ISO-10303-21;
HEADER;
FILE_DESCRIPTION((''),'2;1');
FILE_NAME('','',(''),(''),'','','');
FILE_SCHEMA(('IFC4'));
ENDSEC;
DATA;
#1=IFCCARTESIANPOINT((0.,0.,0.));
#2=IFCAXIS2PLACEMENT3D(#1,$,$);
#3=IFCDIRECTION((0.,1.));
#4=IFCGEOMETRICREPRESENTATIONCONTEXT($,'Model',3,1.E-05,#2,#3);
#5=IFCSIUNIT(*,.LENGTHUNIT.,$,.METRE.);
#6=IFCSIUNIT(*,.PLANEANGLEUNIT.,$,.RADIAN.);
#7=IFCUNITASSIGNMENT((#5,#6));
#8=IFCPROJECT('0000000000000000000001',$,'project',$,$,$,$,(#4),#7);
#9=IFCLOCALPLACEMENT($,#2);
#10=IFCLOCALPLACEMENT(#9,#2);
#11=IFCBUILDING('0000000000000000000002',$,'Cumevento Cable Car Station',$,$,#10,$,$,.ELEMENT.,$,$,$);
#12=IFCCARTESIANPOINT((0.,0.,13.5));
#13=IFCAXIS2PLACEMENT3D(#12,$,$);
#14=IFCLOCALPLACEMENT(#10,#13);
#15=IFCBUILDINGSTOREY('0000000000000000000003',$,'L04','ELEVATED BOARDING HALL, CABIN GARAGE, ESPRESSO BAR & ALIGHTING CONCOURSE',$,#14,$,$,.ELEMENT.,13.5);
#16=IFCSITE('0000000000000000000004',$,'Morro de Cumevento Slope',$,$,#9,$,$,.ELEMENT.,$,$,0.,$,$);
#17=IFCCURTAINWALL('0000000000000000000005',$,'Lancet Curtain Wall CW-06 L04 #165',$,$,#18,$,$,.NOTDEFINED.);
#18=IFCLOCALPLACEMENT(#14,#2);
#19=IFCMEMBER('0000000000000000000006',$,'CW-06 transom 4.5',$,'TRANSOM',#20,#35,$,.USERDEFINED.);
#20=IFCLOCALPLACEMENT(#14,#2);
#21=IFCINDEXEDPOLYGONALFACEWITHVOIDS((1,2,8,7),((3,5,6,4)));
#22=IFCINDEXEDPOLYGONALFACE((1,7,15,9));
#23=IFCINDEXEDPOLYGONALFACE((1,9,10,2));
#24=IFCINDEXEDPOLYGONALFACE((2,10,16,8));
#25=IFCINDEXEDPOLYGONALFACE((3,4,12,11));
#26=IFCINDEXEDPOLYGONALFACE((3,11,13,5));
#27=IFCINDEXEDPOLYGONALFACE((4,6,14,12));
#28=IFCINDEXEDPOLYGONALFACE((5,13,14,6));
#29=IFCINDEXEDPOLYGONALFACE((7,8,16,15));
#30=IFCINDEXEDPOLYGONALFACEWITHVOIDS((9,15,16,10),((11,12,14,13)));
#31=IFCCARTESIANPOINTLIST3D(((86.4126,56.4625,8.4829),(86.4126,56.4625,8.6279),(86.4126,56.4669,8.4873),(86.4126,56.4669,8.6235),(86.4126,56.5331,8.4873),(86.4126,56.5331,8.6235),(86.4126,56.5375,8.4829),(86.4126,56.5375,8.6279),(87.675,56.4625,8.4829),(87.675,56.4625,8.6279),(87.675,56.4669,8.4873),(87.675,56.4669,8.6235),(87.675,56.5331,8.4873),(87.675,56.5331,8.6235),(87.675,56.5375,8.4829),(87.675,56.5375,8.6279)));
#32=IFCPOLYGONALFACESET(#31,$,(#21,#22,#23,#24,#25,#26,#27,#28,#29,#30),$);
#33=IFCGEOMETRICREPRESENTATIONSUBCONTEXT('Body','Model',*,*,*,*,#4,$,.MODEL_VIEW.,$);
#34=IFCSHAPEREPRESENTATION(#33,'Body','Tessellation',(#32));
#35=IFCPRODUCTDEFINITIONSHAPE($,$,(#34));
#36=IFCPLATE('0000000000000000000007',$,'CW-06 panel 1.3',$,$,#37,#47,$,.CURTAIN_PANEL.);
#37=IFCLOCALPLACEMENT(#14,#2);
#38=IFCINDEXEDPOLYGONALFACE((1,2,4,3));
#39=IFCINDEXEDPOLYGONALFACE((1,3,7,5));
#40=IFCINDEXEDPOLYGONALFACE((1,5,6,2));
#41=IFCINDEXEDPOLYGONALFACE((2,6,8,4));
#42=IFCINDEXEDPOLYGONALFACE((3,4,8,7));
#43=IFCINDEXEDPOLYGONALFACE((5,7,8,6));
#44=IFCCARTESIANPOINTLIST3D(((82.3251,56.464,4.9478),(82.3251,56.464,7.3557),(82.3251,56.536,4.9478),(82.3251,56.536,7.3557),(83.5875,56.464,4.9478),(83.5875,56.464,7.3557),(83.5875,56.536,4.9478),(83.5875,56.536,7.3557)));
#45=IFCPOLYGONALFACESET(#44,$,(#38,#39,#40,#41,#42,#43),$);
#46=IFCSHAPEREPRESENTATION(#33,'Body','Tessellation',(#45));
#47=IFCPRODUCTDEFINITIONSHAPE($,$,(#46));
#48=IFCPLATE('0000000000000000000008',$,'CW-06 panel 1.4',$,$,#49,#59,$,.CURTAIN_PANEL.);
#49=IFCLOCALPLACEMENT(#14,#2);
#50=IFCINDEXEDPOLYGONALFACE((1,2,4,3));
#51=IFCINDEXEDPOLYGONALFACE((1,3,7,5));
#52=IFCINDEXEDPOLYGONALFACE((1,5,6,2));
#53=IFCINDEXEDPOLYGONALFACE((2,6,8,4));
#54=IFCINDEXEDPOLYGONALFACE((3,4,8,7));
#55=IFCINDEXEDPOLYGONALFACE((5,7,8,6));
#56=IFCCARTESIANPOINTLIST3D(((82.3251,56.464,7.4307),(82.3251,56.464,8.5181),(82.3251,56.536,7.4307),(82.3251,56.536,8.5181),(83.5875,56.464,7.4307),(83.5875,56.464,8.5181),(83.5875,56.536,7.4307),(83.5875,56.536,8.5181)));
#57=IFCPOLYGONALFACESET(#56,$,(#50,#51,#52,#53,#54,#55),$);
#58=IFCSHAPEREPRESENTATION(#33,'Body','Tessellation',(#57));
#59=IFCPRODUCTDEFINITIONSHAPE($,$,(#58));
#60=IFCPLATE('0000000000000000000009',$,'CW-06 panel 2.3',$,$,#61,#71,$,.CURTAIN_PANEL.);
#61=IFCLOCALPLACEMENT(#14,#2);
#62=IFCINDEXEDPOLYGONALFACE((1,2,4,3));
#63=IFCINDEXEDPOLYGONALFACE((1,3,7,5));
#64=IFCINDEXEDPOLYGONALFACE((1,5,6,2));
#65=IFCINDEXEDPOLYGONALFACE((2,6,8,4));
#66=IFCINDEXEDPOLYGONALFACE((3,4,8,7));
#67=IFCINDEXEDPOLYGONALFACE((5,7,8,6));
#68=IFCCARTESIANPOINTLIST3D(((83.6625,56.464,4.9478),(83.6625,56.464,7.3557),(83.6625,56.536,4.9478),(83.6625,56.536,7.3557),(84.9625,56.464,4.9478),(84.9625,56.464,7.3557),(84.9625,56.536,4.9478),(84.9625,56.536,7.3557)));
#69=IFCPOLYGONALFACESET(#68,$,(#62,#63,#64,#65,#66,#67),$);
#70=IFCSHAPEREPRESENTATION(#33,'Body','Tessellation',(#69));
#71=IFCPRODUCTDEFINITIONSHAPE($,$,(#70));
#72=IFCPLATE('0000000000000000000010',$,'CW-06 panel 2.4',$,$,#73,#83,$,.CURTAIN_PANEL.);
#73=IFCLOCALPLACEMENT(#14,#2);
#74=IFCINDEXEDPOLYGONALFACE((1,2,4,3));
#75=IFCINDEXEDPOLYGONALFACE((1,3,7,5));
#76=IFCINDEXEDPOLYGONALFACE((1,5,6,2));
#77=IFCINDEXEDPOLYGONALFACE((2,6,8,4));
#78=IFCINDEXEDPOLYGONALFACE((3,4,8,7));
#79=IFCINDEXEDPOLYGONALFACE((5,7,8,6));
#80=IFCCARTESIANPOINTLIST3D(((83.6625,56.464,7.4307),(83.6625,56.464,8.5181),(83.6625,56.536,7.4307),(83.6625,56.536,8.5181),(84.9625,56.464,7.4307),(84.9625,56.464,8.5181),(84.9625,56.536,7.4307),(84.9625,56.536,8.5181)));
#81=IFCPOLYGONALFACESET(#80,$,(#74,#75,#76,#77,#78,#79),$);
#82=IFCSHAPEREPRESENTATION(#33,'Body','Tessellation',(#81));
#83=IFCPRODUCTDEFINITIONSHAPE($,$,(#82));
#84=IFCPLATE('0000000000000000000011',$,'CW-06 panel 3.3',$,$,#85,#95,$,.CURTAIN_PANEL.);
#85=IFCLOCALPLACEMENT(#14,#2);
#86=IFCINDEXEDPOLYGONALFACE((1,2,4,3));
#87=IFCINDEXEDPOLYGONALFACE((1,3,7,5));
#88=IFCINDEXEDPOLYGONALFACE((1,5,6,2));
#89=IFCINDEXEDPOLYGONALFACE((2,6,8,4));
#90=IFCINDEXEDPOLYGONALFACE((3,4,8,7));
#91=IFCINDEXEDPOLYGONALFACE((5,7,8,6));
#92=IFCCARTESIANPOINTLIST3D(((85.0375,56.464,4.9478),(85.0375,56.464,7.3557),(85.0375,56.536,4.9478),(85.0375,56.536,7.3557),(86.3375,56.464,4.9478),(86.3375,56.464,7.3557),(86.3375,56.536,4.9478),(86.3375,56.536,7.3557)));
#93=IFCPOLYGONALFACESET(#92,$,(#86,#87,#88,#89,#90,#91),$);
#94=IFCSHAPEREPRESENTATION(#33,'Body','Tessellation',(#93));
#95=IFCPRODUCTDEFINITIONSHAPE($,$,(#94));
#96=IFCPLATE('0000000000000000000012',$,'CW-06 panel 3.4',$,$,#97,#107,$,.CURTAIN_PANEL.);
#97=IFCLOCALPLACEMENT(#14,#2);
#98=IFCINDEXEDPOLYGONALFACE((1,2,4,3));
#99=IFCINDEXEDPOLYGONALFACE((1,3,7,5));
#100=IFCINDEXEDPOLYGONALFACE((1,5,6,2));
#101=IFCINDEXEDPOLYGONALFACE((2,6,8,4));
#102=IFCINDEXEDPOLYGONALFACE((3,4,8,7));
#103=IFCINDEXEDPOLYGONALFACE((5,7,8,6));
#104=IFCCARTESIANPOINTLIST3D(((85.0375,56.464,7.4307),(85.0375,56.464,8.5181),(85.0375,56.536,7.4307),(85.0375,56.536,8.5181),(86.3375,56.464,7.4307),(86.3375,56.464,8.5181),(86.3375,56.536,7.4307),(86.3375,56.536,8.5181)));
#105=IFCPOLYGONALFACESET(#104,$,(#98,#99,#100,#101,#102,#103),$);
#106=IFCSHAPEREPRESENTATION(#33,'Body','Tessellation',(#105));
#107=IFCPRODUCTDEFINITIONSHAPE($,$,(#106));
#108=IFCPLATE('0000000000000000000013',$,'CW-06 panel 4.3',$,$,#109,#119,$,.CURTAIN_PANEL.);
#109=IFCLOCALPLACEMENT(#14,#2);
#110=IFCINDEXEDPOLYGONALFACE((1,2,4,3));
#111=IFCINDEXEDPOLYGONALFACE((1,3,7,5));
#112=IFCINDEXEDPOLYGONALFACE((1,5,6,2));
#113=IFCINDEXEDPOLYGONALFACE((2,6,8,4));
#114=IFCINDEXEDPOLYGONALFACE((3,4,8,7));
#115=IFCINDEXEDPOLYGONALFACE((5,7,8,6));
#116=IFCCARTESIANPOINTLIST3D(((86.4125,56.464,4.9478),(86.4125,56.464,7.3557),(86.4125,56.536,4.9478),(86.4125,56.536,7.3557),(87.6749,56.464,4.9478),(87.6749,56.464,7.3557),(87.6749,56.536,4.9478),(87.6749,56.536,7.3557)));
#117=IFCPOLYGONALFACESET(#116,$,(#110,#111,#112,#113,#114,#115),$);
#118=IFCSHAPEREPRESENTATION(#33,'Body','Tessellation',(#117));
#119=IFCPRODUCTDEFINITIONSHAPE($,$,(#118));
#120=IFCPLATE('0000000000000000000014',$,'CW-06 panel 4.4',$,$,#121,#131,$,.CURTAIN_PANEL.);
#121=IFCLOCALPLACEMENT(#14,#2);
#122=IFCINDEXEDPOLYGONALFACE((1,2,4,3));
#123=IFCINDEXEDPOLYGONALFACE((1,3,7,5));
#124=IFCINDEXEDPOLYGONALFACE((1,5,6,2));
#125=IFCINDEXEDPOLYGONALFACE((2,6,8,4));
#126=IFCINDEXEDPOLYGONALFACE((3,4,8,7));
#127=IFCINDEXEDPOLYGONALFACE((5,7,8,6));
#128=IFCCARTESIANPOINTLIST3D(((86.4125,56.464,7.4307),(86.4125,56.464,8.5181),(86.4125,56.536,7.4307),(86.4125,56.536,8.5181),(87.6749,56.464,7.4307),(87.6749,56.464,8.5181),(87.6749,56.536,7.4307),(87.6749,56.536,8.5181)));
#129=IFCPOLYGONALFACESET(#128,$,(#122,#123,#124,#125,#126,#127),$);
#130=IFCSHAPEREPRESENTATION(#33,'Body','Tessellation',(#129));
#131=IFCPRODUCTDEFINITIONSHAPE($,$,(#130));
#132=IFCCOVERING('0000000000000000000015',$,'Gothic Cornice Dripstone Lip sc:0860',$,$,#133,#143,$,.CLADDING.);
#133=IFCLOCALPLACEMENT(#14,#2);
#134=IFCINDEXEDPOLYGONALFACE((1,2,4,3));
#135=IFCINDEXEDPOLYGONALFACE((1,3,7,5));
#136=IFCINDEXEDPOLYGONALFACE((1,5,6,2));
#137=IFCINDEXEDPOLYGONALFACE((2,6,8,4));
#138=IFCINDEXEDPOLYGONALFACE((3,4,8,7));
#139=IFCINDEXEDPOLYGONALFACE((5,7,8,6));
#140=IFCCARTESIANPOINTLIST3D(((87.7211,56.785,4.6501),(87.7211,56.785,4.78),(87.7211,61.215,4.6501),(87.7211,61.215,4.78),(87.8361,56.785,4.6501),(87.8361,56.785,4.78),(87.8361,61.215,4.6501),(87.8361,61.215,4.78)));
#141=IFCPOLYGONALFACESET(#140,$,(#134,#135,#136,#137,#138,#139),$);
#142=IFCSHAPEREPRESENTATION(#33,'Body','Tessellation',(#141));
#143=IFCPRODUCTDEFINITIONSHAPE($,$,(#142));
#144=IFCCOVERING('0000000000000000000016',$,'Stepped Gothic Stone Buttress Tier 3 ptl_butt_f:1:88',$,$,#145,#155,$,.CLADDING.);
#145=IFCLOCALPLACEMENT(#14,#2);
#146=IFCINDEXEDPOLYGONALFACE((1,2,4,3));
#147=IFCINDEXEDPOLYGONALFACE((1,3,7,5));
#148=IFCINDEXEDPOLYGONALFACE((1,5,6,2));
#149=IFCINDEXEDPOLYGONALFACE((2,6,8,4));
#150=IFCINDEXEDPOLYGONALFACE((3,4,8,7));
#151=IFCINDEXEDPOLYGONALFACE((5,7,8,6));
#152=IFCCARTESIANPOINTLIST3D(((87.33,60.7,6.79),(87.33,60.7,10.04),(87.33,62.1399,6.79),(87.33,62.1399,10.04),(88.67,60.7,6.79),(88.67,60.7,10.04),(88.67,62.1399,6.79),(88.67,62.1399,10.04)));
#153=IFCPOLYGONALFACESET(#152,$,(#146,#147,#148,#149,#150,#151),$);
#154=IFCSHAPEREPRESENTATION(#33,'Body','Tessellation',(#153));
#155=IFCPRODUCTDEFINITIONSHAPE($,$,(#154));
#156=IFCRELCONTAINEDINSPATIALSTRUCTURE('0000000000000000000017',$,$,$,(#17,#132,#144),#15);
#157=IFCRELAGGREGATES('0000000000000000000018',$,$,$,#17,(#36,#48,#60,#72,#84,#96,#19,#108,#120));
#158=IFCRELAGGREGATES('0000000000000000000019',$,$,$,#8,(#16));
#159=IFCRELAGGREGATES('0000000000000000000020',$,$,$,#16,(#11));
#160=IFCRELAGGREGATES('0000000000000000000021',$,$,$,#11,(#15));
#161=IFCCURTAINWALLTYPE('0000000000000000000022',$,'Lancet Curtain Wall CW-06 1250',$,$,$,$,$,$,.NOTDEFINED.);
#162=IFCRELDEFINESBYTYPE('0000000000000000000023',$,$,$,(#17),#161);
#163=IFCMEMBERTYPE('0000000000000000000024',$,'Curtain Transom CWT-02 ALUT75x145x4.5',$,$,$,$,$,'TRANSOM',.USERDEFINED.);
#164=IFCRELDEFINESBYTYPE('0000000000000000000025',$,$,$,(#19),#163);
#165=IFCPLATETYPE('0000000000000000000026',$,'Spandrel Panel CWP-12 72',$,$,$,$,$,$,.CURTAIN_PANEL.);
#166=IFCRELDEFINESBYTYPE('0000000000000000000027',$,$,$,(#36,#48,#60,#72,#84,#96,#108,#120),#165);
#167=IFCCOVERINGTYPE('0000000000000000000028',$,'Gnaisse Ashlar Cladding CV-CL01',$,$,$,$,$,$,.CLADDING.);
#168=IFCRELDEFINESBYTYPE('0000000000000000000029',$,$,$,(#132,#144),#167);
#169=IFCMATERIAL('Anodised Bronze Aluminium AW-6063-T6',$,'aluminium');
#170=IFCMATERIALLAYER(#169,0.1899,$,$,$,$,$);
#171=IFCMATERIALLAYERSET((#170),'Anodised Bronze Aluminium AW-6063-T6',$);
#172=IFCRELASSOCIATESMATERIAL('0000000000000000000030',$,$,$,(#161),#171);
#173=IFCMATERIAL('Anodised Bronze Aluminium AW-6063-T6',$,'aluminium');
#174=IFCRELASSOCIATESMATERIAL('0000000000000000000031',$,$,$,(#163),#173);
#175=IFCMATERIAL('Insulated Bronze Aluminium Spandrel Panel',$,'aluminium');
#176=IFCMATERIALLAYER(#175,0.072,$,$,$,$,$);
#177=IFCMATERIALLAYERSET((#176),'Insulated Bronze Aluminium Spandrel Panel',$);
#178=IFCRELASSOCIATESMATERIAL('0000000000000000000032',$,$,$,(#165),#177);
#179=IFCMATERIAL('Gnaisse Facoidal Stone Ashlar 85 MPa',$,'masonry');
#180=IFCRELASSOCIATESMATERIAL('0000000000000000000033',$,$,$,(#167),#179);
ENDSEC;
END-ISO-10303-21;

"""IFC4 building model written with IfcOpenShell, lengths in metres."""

from ifc_helpers import new_model, si_unit, direction, frame, origin, origin_2d, place, context, subcontext, project, spatial, rectangle, hollow_rectangle, extrude, material, layer, layer_set, material_profile, profile_set, type_object, element, aggregate, save


model = new_model("IFC4")

# Units and contexts
model_context = context("Model", 3, precision=1e-05, world=origin(), true_north=direction((0.0, 1.0)))
body_context = subcontext(model_context, "Body", "Model", "MODEL_VIEW")
ifc_project = project(units=[si_unit("LENGTHUNIT", "METRE"), si_unit("PLANEANGLEUNIT", "RADIAN")], contexts=[model_context])

# Site, building, storey
site_placement = place(None, origin())
site = spatial("IfcSite", under=ifc_project, at=site_placement, Name="Morro de Cumevento Slope", CompositionType="ELEMENT", RefElevation=0.0)
building_placement = place(site_placement, origin())
building = spatial("IfcBuilding", under=site, at=building_placement, Name="Cumevento Cable Car Station", CompositionType="ELEMENT")
storey_placement = place(building_placement, frame((0.0, 0.0, 13.5)))
storey = spatial("IfcBuildingStorey", under=building, at=storey_placement, Name="L04", Description="ELEVATED BOARDING HALL, CABIN GARAGE, ESPRESSO BAR & ALIGHTING CONCOURSE", CompositionType="ELEMENT", Elevation=13.5)

# Curtain wall, member, plates
ifc_material_1 = material(Name="Anodised Bronze Aluminium AW-6063-T6", Category="aluminium")
ifc_layer_1 = layer(ifc_material_1, 0.1899)
ifc_layer_set_1 = layer_set([ifc_layer_1], Name="Anodised Bronze Aluminium AW-6063-T6")
curtain_wall_type = type_object("IfcCurtainWallType", Name="Lancet Curtain Wall CW-06 1250", PredefinedType="NOTDEFINED", material=ifc_layer_set_1)
curtain_wall_placement = place(storey_placement, origin())
curtain_wall = element("IfcCurtainWall", 1, at=curtain_wall_placement, inside=storey, type_object=curtain_wall_type, Name="Lancet Curtain Wall CW-06 L04 #165", PredefinedType="NOTDEFINED")
ifc_material_2 = material(Name="Anodised Bronze Aluminium AW-6063-T6", Category="aluminium")
ifc_material_profile = material_profile(ifc_material_2, hollow_rectangle(XDim=0.075, YDim=0.145, WallThickness=0.0044, at=origin_2d()), Name="ALUT75x145x4.5")
ifc_profile_set = profile_set([ifc_material_profile], Name="Anodised Bronze Aluminium AW-6063-T6")
member_type = type_object("IfcMemberType", Name="Curtain Transom CWT-02 ALUT75x145x4.5", ElementType="TRANSOM", PredefinedType="USERDEFINED", material=ifc_profile_set)
member_1_placement = place(storey_placement, frame((86.4126, 56.5, 8.5554), z_axis=(1.0, 0.0, 0.0), x_axis=(0.0, 1.0, 0.0)))
member_1 = element("IfcMember", 2, at=member_1_placement, type_object=member_type, Name="CW-06 transom 4.5", ObjectType="TRANSOM", PredefinedType="USERDEFINED", context=body_context, shape_type="SweptSolid", body=[
    extrude(hollow_rectangle(XDim=0.075, YDim=0.145, WallThickness=0.0044, at=origin_2d()), origin(), (0.0, 0.0, 1.0), 1.2625),
])
ifc_material_3 = material(Name="Insulated Bronze Aluminium Spandrel Panel", Category="aluminium")
ifc_layer_2 = layer(ifc_material_3, 0.072)
ifc_layer_set_2 = layer_set([ifc_layer_2], Name="Insulated Bronze Aluminium Spandrel Panel")
plate_type = type_object("IfcPlateType", Name="Spandrel Panel CWP-12 72", PredefinedType="CURTAIN_PANEL", material=ifc_layer_set_2)
plate_1_placement = place(storey_placement, frame((82.9563, 56.5, 4.9478), z_axis=(0.0, 0.0, 1.0), x_axis=(1.0, 0.0, 0.0)))
plate_1 = element("IfcPlate", 3, at=plate_1_placement, type_object=plate_type, Name="CW-06 panel 1.3", PredefinedType="CURTAIN_PANEL", context=body_context, shape_type="SweptSolid", body=[
    extrude(rectangle(XDim=1.2625, YDim=0.072, at=origin_2d()), origin(), (0.0, 0.0, 1.0), 2.408),
])
plate_2_placement = place(storey_placement, frame((82.9563, 56.5, 7.4307), z_axis=(0.0, 0.0, 1.0), x_axis=(1.0, 0.0, 0.0)))
plate_2 = element("IfcPlate", 4, at=plate_2_placement, type_object=plate_type, Name="CW-06 panel 1.4", PredefinedType="CURTAIN_PANEL", context=body_context, shape_type="SweptSolid", body=[
    extrude(rectangle(XDim=1.2625, YDim=0.072, at=origin_2d()), origin(), (0.0, 0.0, 1.0), 1.0874),
])
plate_3_placement = place(storey_placement, frame((84.3125, 56.5, 4.9478), z_axis=(0.0, 0.0, 1.0), x_axis=(1.0, 0.0, 0.0)))
plate_3 = element("IfcPlate", 5, at=plate_3_placement, type_object=plate_type, Name="CW-06 panel 2.3", PredefinedType="CURTAIN_PANEL", context=body_context, shape_type="SweptSolid", body=[
    extrude(rectangle(XDim=1.3, YDim=0.072, at=origin_2d()), origin(), (0.0, 0.0, 1.0), 2.408),
])
plate_4_placement = place(storey_placement, frame((84.3125, 56.5, 7.4307), z_axis=(0.0, 0.0, 1.0), x_axis=(1.0, 0.0, 0.0)))
plate_4 = element("IfcPlate", 6, at=plate_4_placement, type_object=plate_type, Name="CW-06 panel 2.4", PredefinedType="CURTAIN_PANEL", context=body_context, shape_type="SweptSolid", body=[
    extrude(rectangle(XDim=1.3, YDim=0.072, at=origin_2d()), origin(), (0.0, 0.0, 1.0), 1.0874),
])
plate_5_placement = place(storey_placement, frame((85.6875, 56.5, 4.9478), z_axis=(0.0, 0.0, 1.0), x_axis=(1.0, 0.0, 0.0)))
plate_5 = element("IfcPlate", 7, at=plate_5_placement, type_object=plate_type, Name="CW-06 panel 3.3", PredefinedType="CURTAIN_PANEL", context=body_context, shape_type="SweptSolid", body=[
    extrude(rectangle(XDim=1.3, YDim=0.072, at=origin_2d()), origin(), (0.0, 0.0, 1.0), 2.408),
])
plate_6_placement = place(storey_placement, frame((85.6875, 56.5, 7.4307), z_axis=(0.0, 0.0, 1.0), x_axis=(1.0, 0.0, 0.0)))
plate_6 = element("IfcPlate", 8, at=plate_6_placement, type_object=plate_type, Name="CW-06 panel 3.4", PredefinedType="CURTAIN_PANEL", context=body_context, shape_type="SweptSolid", body=[
    extrude(rectangle(XDim=1.3, YDim=0.072, at=origin_2d()), origin(), (0.0, 0.0, 1.0), 1.0874),
])
plate_7_placement = place(storey_placement, frame((87.0437, 56.5, 4.9478), z_axis=(0.0, 0.0, 1.0), x_axis=(1.0, 0.0, 0.0)))
plate_7 = element("IfcPlate", 9, at=plate_7_placement, type_object=plate_type, Name="CW-06 panel 4.3", PredefinedType="CURTAIN_PANEL", context=body_context, shape_type="SweptSolid", body=[
    extrude(rectangle(XDim=1.2625, YDim=0.072, at=origin_2d()), origin(), (0.0, 0.0, 1.0), 2.408),
])
plate_8_placement = place(storey_placement, frame((87.0437, 56.5, 7.4307), z_axis=(0.0, 0.0, 1.0), x_axis=(1.0, 0.0, 0.0)))
plate_8 = element("IfcPlate", 10, at=plate_8_placement, type_object=plate_type, Name="CW-06 panel 4.4", PredefinedType="CURTAIN_PANEL", context=body_context, shape_type="SweptSolid", body=[
    extrude(rectangle(XDim=1.2625, YDim=0.072, at=origin_2d()), origin(), (0.0, 0.0, 1.0), 1.0874),
])
aggregate(curtain_wall, [plate_1, plate_2, plate_3, plate_4, plate_5, plate_6, member_1, plate_7, plate_8])

# Coverings
ifc_material_4 = material(Name="Gnaisse Facoidal Stone Ashlar 85 MPa", Category="masonry")
covering_type = type_object("IfcCoveringType", Name="Gnaisse Ashlar Cladding CV-CL01", PredefinedType="CLADDING", material=ifc_material_4)
covering_1_placement = place(storey_placement, frame((87.7786, 59.0, 4.6501), z_axis=(0.0, 0.0, 1.0), x_axis=(0.0, 1.0, 0.0)))
element("IfcCovering", 11, at=covering_1_placement, inside=storey, type_object=covering_type, Name="Gothic Cornice Dripstone Lip sc:0860", PredefinedType="CLADDING", context=body_context, shape_type="SweptSolid", body=[
    extrude(rectangle(XDim=4.4299, YDim=0.115, at=origin_2d()), origin(), (0.0, 0.0, 1.0), 0.1299),
])
covering_2_placement = place(storey_placement, frame((88.0, 61.4199, 6.79), z_axis=(0.0, 0.0, 1.0), x_axis=(-1.0, 0.0, 0.0)))
element("IfcCovering", 12, at=covering_2_placement, inside=storey, type_object=covering_type, Name="Stepped Gothic Stone Buttress Tier 3 ptl_butt_f:1:88", PredefinedType="CLADDING", context=body_context, shape_type="SweptSolid", body=[
    extrude(rectangle(XDim=1.3401, YDim=1.4399, at=origin_2d()), origin(), (0.0, 0.0, 1.0), 3.25),
])

save(model, "model.ifc")
